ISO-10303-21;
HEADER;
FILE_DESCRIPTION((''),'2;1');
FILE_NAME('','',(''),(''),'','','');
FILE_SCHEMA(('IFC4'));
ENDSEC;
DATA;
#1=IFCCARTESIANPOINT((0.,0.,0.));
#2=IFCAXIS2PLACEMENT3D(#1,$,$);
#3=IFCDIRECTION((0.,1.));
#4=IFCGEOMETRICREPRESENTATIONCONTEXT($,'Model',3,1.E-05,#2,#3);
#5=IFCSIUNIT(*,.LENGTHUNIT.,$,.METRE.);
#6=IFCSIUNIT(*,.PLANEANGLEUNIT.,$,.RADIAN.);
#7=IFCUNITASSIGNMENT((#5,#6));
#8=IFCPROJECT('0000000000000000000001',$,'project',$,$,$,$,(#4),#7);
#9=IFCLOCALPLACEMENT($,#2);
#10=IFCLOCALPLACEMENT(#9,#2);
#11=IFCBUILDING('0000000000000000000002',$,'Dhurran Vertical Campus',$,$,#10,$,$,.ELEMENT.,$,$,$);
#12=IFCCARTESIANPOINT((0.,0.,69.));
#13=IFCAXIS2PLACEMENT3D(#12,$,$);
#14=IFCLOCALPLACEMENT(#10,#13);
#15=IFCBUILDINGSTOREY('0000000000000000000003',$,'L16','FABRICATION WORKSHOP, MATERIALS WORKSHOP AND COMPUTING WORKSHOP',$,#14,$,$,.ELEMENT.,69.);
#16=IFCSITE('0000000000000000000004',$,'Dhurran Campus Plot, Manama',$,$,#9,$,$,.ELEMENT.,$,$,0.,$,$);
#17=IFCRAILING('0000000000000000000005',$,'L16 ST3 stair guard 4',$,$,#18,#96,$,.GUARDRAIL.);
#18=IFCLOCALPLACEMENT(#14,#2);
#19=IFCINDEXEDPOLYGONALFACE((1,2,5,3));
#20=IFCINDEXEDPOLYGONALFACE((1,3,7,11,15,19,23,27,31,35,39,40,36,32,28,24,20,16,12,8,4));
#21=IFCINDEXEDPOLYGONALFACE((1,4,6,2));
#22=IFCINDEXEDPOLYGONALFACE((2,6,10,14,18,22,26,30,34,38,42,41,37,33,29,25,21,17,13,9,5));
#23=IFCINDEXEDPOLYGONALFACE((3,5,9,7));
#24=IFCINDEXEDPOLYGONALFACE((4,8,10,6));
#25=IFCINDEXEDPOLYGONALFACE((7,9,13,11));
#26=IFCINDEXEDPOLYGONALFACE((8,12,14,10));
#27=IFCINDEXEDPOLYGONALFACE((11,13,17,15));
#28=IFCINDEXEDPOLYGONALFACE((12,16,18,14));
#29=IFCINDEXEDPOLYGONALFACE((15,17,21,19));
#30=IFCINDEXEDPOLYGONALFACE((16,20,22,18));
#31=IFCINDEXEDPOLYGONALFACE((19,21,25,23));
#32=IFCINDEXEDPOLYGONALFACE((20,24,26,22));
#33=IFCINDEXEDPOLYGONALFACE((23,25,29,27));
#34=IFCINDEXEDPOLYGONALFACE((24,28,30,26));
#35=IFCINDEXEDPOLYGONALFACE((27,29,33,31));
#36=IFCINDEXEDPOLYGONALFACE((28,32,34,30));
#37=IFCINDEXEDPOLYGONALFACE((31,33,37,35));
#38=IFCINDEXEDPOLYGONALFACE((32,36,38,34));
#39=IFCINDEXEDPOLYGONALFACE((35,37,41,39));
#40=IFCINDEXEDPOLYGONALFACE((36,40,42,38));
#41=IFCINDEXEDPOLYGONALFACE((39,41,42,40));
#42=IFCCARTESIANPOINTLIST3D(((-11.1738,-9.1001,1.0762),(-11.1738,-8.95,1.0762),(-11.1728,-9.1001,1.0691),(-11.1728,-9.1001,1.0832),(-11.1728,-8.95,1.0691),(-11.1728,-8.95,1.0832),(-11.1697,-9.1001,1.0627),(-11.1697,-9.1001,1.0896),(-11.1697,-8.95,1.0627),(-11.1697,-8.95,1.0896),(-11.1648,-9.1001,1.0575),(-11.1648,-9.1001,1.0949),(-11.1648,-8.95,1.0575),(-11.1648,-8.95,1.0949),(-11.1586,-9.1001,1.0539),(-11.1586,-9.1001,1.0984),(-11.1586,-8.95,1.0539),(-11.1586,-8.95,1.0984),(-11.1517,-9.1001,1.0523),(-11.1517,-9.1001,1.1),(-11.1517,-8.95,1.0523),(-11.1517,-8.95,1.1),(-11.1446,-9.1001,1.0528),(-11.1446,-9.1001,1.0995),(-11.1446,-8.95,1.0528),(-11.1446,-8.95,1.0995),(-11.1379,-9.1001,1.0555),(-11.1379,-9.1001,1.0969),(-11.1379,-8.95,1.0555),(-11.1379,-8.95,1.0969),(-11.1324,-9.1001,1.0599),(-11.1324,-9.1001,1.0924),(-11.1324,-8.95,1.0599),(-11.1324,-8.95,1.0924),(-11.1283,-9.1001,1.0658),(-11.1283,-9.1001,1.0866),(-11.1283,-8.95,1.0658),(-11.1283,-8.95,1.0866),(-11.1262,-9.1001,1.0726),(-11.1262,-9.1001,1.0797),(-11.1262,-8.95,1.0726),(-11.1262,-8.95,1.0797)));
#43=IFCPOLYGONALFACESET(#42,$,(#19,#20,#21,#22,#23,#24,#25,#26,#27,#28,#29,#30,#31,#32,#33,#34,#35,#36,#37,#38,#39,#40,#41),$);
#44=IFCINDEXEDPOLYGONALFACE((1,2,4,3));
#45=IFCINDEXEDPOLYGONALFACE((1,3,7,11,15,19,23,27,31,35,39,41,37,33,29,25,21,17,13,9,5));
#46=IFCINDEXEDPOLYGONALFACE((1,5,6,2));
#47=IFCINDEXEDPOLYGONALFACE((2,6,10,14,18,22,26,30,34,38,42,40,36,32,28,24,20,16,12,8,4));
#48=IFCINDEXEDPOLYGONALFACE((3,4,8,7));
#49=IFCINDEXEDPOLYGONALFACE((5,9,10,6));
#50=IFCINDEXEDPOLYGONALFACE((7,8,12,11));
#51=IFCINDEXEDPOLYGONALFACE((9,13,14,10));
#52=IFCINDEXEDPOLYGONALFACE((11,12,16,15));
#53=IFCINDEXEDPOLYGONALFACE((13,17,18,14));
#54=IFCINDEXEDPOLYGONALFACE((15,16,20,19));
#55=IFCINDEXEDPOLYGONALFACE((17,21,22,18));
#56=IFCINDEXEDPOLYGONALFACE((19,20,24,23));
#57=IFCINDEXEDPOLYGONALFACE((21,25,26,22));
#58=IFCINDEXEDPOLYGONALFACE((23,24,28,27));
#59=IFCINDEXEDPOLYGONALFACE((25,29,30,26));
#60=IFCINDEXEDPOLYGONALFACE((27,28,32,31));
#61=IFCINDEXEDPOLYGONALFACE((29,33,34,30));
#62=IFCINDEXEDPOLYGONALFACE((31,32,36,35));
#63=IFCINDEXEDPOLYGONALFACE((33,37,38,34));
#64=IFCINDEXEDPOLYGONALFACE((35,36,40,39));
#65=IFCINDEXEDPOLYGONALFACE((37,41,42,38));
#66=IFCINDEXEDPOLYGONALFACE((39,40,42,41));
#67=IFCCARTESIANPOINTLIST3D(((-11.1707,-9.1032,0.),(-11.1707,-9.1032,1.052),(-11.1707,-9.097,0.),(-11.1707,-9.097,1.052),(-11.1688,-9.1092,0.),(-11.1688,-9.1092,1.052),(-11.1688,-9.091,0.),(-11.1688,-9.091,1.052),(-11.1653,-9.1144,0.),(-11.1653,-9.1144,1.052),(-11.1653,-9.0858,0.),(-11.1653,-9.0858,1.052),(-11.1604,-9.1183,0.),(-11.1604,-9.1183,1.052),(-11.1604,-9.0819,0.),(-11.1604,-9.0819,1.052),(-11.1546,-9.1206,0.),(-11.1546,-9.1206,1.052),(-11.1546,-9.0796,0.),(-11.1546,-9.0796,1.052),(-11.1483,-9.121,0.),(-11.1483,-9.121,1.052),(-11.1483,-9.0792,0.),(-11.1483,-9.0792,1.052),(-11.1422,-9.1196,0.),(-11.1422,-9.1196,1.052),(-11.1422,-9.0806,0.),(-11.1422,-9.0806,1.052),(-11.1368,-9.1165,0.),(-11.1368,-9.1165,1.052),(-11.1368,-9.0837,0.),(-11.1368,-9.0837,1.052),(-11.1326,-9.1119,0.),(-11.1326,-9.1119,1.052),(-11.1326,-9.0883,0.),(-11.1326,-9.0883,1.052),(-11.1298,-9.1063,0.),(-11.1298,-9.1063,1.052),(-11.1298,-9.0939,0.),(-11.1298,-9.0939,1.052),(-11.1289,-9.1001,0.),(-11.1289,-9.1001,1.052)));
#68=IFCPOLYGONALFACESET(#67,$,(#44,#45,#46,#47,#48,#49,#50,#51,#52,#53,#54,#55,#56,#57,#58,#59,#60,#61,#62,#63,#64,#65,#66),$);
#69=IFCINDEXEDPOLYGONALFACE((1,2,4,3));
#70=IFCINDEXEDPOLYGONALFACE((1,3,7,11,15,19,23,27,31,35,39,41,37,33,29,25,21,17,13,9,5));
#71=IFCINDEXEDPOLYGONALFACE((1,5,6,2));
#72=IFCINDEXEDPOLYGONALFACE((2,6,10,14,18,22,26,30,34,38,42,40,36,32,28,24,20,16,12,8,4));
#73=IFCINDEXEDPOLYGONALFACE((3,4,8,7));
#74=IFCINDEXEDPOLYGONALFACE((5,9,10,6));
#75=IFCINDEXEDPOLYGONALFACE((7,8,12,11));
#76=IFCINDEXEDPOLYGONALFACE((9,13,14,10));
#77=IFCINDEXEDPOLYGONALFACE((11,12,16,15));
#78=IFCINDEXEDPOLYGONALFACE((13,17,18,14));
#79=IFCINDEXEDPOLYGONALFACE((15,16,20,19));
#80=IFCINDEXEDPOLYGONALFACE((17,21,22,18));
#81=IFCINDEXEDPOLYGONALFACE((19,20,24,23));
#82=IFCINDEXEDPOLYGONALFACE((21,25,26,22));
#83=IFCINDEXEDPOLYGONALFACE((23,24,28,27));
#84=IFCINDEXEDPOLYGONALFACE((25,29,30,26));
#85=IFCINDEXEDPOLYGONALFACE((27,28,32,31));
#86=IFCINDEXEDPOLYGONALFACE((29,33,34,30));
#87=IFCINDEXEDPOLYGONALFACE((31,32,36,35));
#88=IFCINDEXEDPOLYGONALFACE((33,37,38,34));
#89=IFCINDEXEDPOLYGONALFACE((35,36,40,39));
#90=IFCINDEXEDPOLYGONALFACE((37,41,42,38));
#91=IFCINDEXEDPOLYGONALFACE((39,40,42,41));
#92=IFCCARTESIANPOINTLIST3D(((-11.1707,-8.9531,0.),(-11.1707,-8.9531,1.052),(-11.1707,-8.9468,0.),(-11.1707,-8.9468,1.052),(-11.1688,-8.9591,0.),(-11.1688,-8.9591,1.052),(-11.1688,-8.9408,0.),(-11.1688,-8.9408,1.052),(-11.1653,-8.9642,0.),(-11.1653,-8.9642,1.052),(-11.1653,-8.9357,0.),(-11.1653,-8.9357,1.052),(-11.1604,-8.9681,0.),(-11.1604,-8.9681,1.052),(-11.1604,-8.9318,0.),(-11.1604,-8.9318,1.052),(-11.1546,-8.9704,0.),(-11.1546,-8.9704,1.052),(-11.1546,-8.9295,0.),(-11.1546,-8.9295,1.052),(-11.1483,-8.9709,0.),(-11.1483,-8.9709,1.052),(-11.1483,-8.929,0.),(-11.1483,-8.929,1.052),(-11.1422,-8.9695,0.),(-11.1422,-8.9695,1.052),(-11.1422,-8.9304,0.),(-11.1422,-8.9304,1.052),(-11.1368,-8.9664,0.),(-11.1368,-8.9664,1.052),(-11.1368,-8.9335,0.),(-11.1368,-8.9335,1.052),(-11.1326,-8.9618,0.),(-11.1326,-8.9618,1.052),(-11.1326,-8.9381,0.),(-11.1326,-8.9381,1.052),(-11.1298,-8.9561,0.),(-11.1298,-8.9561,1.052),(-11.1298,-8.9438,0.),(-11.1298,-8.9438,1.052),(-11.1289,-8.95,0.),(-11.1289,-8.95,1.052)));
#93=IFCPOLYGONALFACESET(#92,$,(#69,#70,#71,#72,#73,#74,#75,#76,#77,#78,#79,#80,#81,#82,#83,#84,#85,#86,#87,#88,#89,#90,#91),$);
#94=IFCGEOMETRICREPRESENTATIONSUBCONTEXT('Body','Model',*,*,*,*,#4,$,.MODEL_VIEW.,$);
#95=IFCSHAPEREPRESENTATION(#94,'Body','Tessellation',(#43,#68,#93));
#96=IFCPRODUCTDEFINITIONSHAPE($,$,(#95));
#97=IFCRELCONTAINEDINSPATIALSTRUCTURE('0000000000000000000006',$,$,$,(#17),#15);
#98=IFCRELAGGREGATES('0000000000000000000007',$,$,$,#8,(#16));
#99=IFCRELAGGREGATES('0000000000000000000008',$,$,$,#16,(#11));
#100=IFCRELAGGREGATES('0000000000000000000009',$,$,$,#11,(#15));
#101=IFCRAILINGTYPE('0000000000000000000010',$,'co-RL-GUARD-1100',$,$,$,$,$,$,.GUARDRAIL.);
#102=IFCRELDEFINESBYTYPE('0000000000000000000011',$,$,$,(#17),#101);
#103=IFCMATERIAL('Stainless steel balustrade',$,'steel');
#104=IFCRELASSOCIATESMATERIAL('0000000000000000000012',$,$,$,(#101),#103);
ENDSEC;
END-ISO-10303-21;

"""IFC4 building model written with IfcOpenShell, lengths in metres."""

from ifc_helpers import new_model, si_unit, direction, frame, origin, origin_2d, place, context, subcontext, project, spatial, circle, extrude, material, type_object, element, save


model = new_model("IFC4")

# Units and contexts
model_context = context("Model", 3, precision=1e-05, world=origin(), true_north=direction((0.0, 1.0)))
body_context = subcontext(model_context, "Body", "Model", "MODEL_VIEW")
ifc_project = project(units=[si_unit("LENGTHUNIT", "METRE"), si_unit("PLANEANGLEUNIT", "RADIAN")], contexts=[model_context])

# Site, building, storey
site_placement = place(None, origin())
site = spatial("IfcSite", under=ifc_project, at=site_placement, Name="Dhurran Campus Plot, Manama", CompositionType="ELEMENT", RefElevation=0.0)
building_placement = place(site_placement, origin())
building = spatial("IfcBuilding", under=site, at=building_placement, Name="Dhurran Vertical Campus", CompositionType="ELEMENT")
storey_placement = place(building_placement, frame((0.0, 0.0, 69.0)))
storey = spatial("IfcBuildingStorey", under=building, at=storey_placement, Name="L16", Description="FABRICATION WORKSHOP, MATERIALS WORKSHOP AND COMPUTING WORKSHOP", CompositionType="ELEMENT", Elevation=69.0)

# Railing
ifc_material_1 = material(Name="Stainless steel balustrade", Category="steel")
railing_type_1 = type_object("IfcRailingType", Name="co-RL-GUARD-1100", PredefinedType="GUARDRAIL", material=ifc_material_1)
railing_1_placement = place(storey_placement, frame((-11.1499, -9.1001, 0.0)))
element("IfcRailing", 1, at=railing_1_placement, inside=storey, type_object=railing_type_1, Name="L16 ST3 stair guard 4", PredefinedType="GUARDRAIL", context=body_context, shape_type="SweptSolid", body=[
    extrude(circle(Radius=0.0239, at=origin_2d()), frame((0.0, 0.0, 1.0762), z_axis=(0.0, 1.0, 0.0), x_axis=(-1.0, 0.0, 0.0)), (0.0, 0.0, 1.0), 0.1501),
    extrude(circle(Radius=0.021, at=origin_2d()), origin(), (0.0, 0.0, 1.0), 1.052),
    extrude(circle(Radius=0.021, at=origin_2d()), frame((0.0, 0.1501, 0.0)), (0.0, 0.0, 1.0), 1.052),
])

save(model, "model.ifc")
